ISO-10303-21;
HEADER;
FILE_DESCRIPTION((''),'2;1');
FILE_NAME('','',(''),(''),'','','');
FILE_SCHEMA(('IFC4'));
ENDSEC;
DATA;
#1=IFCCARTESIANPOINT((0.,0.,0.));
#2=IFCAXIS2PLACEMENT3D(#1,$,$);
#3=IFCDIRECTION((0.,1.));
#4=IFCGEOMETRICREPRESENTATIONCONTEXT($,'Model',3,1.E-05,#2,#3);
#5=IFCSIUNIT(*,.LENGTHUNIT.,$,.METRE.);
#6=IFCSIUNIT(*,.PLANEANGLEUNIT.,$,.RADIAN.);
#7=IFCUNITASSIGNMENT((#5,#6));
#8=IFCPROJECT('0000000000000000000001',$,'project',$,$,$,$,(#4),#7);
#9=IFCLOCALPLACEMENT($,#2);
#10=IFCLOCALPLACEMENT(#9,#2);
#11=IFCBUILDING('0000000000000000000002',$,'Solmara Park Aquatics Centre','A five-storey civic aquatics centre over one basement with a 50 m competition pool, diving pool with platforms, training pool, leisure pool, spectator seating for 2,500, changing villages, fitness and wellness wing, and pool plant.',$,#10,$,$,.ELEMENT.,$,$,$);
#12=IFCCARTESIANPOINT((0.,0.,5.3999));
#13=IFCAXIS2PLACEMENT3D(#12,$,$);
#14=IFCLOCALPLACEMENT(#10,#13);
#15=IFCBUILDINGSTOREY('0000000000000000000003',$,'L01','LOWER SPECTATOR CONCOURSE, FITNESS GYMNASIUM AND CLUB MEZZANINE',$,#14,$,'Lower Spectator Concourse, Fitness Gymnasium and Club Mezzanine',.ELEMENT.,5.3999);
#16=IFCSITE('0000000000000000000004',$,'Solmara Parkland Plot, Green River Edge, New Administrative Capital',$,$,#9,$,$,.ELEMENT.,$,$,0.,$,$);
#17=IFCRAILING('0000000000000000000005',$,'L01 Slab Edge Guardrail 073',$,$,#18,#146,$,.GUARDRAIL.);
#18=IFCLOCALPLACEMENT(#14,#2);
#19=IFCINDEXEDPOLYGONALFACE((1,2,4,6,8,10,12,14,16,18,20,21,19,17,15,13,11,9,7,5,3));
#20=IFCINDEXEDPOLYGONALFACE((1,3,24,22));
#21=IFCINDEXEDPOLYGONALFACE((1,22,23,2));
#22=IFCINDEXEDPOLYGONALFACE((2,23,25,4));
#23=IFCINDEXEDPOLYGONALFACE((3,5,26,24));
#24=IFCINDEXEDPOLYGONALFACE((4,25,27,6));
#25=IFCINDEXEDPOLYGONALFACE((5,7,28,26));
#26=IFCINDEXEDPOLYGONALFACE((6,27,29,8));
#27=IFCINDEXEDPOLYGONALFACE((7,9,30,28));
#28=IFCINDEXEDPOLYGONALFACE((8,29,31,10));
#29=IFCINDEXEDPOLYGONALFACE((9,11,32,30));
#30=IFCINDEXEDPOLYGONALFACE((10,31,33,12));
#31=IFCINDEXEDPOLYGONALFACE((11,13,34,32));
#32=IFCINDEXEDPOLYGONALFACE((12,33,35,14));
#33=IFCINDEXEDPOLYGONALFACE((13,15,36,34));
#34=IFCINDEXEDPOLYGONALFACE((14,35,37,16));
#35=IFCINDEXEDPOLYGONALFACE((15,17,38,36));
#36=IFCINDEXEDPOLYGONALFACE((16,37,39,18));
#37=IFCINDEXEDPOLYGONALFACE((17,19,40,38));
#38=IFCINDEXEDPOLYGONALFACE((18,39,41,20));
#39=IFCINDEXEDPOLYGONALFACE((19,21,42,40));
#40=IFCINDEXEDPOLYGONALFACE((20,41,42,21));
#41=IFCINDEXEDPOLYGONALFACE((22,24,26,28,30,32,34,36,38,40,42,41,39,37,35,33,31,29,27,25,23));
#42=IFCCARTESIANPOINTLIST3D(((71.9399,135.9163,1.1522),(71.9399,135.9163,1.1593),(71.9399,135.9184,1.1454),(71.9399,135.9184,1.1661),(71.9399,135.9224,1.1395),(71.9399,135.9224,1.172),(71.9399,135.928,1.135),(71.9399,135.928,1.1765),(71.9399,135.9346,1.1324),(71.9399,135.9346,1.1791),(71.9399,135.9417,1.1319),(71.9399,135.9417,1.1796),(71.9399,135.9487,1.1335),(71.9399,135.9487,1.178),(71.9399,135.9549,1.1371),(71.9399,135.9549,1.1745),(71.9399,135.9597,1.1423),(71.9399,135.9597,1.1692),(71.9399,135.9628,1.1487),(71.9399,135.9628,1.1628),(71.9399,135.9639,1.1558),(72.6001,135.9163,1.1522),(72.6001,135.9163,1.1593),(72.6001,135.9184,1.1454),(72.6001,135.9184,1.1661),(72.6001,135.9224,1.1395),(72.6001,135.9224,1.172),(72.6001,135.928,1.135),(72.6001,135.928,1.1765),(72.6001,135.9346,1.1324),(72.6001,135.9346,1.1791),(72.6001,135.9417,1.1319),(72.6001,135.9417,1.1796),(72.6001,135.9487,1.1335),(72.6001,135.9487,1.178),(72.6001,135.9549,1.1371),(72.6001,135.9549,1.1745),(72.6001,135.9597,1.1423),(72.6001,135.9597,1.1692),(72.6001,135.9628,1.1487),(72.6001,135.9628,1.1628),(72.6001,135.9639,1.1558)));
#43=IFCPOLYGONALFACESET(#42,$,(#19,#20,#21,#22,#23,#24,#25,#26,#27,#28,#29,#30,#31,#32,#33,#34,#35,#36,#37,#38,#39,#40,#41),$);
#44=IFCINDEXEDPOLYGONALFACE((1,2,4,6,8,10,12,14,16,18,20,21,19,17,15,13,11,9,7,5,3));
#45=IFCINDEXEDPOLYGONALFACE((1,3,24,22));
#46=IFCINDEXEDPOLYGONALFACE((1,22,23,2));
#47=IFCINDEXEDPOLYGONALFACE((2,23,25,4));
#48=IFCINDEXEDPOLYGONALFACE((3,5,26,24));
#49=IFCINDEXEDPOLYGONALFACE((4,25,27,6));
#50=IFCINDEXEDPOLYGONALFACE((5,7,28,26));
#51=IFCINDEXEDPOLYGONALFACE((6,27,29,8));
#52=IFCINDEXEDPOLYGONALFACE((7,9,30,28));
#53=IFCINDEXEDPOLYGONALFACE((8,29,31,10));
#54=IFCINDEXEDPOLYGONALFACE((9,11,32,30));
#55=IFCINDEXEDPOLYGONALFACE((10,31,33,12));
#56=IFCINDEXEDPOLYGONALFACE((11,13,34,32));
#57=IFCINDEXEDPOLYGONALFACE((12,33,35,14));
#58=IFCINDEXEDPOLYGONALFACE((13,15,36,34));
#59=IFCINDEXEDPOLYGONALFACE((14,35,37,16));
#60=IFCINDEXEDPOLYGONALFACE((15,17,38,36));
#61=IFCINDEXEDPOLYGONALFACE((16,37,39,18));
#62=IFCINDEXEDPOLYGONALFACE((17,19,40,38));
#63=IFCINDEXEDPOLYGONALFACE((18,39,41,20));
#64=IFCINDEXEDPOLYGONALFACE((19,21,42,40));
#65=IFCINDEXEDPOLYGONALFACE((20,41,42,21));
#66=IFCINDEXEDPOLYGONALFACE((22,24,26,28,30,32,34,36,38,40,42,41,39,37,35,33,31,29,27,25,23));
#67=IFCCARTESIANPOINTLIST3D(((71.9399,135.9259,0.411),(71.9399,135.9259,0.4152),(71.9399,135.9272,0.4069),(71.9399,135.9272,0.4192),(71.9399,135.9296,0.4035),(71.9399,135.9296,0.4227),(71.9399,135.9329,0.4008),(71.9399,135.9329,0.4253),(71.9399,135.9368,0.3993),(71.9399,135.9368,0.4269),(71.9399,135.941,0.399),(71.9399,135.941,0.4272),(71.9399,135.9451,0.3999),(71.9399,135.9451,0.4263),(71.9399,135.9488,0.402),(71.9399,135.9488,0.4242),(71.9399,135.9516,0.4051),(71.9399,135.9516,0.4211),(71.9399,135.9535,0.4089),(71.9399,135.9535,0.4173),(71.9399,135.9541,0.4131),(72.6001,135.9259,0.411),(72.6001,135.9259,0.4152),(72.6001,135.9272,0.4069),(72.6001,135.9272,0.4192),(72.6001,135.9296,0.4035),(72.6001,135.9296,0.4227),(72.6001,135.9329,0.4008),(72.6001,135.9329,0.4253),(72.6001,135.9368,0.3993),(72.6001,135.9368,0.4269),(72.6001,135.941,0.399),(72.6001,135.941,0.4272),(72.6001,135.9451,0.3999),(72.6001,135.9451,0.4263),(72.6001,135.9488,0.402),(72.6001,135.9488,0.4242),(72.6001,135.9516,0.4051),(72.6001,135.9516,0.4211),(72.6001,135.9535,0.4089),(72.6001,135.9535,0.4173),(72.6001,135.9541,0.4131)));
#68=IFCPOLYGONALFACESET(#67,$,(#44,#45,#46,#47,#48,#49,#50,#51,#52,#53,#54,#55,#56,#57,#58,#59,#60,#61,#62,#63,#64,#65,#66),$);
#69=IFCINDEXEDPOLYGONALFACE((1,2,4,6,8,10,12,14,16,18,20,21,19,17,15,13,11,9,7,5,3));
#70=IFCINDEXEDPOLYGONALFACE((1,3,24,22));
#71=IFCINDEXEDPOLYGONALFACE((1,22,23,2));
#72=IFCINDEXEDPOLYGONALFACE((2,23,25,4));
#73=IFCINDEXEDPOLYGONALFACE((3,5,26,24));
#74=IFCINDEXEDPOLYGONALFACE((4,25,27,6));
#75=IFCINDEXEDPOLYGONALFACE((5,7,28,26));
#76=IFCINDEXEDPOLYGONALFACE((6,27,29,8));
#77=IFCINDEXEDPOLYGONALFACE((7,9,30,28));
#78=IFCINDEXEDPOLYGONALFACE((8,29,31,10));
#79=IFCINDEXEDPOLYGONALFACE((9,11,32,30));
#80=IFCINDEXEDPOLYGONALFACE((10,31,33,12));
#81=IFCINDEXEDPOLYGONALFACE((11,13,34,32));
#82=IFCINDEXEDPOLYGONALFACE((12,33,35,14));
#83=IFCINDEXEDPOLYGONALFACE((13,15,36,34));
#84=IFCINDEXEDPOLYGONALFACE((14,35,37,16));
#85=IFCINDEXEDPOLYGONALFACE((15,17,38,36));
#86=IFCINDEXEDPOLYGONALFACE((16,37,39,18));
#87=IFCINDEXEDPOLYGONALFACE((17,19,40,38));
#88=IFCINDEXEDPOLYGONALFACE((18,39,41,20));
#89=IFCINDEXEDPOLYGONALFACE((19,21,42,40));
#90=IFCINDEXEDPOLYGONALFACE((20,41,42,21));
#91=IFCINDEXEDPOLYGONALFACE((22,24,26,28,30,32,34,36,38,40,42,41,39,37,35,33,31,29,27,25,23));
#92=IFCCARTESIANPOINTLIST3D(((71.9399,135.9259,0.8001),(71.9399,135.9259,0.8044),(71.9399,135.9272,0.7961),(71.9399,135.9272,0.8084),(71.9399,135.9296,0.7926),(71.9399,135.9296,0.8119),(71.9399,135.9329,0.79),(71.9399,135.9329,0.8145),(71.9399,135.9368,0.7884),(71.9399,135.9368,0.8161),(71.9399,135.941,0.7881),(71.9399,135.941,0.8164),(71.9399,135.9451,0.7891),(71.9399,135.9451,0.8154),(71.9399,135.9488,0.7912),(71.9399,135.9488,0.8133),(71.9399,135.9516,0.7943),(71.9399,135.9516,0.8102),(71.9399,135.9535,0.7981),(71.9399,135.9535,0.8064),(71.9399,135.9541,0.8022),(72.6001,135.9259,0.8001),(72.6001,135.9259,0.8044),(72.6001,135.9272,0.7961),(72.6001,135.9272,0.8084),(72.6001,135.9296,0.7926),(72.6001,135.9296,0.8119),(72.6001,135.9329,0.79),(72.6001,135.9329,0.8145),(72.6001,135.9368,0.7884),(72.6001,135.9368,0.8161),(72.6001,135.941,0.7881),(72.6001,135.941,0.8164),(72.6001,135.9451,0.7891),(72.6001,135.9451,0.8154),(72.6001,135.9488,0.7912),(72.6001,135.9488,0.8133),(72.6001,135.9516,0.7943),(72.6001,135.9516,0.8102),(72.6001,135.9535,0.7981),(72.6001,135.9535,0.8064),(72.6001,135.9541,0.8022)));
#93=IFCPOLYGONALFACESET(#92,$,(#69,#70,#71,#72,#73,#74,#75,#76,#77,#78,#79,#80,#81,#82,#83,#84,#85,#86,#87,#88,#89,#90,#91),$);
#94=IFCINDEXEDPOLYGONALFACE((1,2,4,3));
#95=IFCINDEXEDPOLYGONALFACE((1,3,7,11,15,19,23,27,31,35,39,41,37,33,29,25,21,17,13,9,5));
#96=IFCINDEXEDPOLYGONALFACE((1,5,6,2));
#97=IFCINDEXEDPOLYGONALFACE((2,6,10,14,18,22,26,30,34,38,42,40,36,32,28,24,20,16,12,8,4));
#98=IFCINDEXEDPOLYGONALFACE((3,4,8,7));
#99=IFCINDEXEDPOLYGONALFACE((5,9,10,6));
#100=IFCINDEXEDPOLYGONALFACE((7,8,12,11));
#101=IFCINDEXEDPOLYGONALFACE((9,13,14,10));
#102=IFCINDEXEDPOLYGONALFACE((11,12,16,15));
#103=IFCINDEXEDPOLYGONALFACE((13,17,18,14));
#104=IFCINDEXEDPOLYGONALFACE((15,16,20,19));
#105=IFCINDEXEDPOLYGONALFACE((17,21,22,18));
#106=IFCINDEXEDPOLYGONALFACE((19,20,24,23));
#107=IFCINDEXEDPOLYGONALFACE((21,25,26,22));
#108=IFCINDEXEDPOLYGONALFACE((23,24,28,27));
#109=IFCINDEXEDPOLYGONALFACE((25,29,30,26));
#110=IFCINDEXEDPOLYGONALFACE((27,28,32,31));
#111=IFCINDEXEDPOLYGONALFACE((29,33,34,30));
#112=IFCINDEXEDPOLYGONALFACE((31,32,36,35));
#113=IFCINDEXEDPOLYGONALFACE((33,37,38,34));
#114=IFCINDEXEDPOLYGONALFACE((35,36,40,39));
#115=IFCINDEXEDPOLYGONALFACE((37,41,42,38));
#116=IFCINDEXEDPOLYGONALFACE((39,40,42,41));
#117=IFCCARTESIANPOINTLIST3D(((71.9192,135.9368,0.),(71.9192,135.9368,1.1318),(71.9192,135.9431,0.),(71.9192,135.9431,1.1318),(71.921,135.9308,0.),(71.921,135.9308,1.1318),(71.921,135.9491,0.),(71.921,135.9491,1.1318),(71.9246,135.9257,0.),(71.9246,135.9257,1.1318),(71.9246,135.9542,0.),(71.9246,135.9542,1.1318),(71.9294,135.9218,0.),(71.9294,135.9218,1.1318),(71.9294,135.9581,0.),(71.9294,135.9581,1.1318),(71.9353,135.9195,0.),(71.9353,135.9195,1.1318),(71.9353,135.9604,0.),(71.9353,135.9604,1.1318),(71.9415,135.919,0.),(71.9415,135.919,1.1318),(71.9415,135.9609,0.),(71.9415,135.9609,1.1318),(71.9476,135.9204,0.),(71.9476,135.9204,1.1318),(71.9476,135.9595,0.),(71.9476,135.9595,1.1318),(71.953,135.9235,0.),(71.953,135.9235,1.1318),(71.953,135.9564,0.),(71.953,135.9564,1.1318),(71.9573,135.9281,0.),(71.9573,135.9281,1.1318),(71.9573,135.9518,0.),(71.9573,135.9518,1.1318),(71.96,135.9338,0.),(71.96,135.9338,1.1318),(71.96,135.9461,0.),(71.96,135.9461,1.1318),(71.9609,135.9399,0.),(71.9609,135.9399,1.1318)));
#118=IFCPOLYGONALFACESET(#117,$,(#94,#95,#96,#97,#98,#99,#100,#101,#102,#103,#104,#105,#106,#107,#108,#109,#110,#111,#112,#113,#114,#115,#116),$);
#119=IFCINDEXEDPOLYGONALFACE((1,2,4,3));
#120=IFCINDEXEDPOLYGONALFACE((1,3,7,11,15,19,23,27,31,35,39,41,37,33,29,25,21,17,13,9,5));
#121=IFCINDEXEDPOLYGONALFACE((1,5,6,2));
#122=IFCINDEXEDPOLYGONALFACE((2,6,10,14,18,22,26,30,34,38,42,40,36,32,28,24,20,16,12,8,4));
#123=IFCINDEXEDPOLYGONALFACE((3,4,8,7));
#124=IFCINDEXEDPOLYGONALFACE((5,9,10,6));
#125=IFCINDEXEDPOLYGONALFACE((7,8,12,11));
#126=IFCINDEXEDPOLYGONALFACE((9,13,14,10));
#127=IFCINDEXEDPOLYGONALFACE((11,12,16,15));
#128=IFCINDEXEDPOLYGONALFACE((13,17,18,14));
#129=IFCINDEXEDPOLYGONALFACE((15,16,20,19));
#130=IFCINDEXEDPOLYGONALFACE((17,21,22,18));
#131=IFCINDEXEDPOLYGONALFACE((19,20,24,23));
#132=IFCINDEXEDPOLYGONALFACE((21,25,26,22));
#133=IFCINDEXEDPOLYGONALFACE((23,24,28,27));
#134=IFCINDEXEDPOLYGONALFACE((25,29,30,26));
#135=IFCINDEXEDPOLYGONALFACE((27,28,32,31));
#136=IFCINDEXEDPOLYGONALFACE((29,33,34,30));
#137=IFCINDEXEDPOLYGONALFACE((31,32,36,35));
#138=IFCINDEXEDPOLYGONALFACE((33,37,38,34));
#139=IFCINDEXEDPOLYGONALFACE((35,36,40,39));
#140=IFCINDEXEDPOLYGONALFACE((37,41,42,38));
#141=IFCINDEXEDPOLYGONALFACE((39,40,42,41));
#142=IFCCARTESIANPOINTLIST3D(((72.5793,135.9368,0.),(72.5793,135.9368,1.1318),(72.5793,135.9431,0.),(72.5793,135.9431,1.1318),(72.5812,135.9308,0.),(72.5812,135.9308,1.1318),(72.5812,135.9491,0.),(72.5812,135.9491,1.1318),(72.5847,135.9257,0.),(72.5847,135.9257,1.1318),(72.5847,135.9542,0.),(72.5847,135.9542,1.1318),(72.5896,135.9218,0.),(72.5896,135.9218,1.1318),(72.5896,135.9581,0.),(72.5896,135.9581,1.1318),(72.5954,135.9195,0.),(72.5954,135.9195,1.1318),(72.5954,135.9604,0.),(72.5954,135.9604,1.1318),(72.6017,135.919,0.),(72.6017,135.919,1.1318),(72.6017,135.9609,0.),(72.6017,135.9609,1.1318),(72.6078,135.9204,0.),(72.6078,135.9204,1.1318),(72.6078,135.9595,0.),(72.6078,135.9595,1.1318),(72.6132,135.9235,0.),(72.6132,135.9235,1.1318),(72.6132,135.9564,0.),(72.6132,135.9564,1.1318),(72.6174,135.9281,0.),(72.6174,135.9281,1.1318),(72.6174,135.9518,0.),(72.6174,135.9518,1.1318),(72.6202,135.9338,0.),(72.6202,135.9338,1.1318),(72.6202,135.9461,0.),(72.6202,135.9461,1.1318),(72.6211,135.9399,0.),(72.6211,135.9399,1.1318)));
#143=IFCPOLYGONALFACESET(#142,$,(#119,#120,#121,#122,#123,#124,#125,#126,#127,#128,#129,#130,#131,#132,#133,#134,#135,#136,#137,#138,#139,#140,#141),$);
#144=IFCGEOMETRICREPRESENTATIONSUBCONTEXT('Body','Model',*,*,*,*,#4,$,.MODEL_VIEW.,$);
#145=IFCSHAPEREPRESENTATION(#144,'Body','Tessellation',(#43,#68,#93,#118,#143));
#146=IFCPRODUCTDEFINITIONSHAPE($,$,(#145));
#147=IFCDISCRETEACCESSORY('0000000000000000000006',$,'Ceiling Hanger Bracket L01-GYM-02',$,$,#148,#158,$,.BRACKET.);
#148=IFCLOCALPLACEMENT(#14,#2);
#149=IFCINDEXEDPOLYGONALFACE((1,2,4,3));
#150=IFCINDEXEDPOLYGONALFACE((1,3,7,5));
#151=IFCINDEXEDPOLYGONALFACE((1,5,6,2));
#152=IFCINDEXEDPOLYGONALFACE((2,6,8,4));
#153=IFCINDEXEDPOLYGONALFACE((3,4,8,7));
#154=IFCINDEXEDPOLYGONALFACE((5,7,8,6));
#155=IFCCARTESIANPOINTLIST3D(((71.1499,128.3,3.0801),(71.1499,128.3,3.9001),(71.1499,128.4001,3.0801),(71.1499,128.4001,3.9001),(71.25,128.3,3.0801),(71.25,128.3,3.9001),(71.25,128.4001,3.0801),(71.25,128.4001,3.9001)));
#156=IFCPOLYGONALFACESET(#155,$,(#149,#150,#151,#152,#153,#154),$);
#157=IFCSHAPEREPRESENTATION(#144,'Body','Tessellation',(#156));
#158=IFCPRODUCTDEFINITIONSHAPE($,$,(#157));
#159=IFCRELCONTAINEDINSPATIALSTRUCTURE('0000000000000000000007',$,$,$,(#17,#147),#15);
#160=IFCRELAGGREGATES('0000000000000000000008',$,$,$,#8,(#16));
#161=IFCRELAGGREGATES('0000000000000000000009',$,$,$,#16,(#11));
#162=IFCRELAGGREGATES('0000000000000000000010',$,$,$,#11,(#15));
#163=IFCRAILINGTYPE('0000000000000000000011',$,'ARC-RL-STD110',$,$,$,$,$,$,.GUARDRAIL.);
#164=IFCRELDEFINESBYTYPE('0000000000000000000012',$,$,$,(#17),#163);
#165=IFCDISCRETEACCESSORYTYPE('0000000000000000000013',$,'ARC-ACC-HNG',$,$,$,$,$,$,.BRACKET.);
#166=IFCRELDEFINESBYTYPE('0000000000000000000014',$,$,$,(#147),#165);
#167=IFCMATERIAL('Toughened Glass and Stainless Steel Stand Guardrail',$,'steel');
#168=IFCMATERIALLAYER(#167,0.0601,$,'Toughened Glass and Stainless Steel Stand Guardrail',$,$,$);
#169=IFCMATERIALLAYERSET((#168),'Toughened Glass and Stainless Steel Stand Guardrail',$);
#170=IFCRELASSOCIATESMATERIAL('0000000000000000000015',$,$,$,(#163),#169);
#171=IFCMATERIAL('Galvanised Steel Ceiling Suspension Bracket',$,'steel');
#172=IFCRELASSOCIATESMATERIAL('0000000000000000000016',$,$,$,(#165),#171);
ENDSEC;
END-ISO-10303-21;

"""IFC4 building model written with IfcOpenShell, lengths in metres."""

from ifc_helpers import new_model, si_unit, direction, frame, origin, origin_2d, place, context, subcontext, project, spatial, rectangle, circle, extrude, material, layer, layer_set, type_object, element, save


model = new_model("IFC4")

# Units and contexts
model_context = context("Model", 3, precision=1e-05, world=origin(), true_north=direction((0.0, 1.0)))
body_context = subcontext(model_context, "Body", "Model", "MODEL_VIEW")
ifc_project = project(units=[si_unit("LENGTHUNIT", "METRE"), si_unit("PLANEANGLEUNIT", "RADIAN")], contexts=[model_context])

# Site, building, storey
site_placement = place(None, origin())
site = spatial("IfcSite", under=ifc_project, at=site_placement, Name="Solmara Parkland Plot, Green River Edge, New Administrative Capital", CompositionType="ELEMENT", RefElevation=0.0)
building_placement = place(site_placement, origin())
building = spatial("IfcBuilding", under=site, at=building_placement, Name="Solmara Park Aquatics Centre", Description="A five-storey civic aquatics centre over one basement with a 50 m competition pool, diving pool with platforms, training pool, leisure pool, spectator seating for 2,500, changing villages, fitness and wellness wing, and pool plant.", CompositionType="ELEMENT")
storey_placement = place(building_placement, frame((0.0, 0.0, 5.3999)))
storey = spatial("IfcBuildingStorey", under=building, at=storey_placement, Name="L01", Description="LOWER SPECTATOR CONCOURSE, FITNESS GYMNASIUM AND CLUB MEZZANINE", LongName="Lower Spectator Concourse, Fitness Gymnasium and Club Mezzanine", CompositionType="ELEMENT", Elevation=5.3999)

# Railing
ifc_material_1 = material(Name="Toughened Glass and Stainless Steel Stand Guardrail", Category="steel")
ifc_layer_1 = layer(ifc_material_1, 0.0601, Name="Toughened Glass and Stainless Steel Stand Guardrail")
ifc_layer_set_1 = layer_set([ifc_layer_1], Name="Toughened Glass and Stainless Steel Stand Guardrail")
railing_type = type_object("IfcRailingType", Name="ARC-RL-STD110", PredefinedType="GUARDRAIL", material=ifc_layer_set_1)
railing_1_placement = place(storey_placement, frame((71.9399, 135.9399, 0.0)))
element("IfcRailing", 1, at=railing_1_placement, inside=storey, type_object=railing_type, Name="L01 Slab Edge Guardrail 073", PredefinedType="GUARDRAIL", context=body_context, shape_type="SweptSolid", body=[
    extrude(circle(Radius=0.0239, at=origin_2d()), frame((0.0, 0.0, 1.1558), z_axis=(1.0, 0.0, 0.0), x_axis=(0.0, 1.0, 0.0)), (0.0, 0.0, 1.0), 0.6602),
    extrude(circle(Radius=0.0142, at=origin_2d()), frame((0.0, 0.0, 0.4131), z_axis=(1.0, 0.0, 0.0), x_axis=(0.0, 1.0, 0.0)), (0.0, 0.0, 1.0), 0.6602),
    extrude(circle(Radius=0.0142, at=origin_2d()), frame((0.0, 0.0, 0.8022), z_axis=(1.0, 0.0, 0.0), x_axis=(0.0, 1.0, 0.0)), (0.0, 0.0, 1.0), 0.6602),
    extrude(circle(Radius=0.021, at=origin_2d()), origin(), (0.0, 0.0, 1.0), 1.1318),
    extrude(circle(Radius=0.021, at=origin_2d()), frame((0.6602, 0.0, 0.0)), (0.0, 0.0, 1.0), 1.1318),
])

# Discrete accessory
ifc_material_2 = material(Name="Galvanised Steel Ceiling Suspension Bracket", Category="steel")
discrete_accessory_type = type_object("IfcDiscreteAccessoryType", Name="ARC-ACC-HNG", PredefinedType="BRACKET", material=ifc_material_2)
discrete_accessory_placement = place(storey_placement, frame((71.2, 128.3501, 3.0801), z_axis=(0.0, 0.0, 1.0), x_axis=(1.0, 0.0, 0.0)))
element("IfcDiscreteAccessory", 2, at=discrete_accessory_placement, inside=storey, type_object=discrete_accessory_type, Name="Ceiling Hanger Bracket L01-GYM-02", PredefinedType="BRACKET", context=body_context, shape_type="SweptSolid", body=[
    extrude(rectangle(XDim=0.1001, YDim=0.1001, at=origin_2d()), origin(), (0.0, 0.0, 1.0), 0.8201),
])

save(model, "model.ifc")
